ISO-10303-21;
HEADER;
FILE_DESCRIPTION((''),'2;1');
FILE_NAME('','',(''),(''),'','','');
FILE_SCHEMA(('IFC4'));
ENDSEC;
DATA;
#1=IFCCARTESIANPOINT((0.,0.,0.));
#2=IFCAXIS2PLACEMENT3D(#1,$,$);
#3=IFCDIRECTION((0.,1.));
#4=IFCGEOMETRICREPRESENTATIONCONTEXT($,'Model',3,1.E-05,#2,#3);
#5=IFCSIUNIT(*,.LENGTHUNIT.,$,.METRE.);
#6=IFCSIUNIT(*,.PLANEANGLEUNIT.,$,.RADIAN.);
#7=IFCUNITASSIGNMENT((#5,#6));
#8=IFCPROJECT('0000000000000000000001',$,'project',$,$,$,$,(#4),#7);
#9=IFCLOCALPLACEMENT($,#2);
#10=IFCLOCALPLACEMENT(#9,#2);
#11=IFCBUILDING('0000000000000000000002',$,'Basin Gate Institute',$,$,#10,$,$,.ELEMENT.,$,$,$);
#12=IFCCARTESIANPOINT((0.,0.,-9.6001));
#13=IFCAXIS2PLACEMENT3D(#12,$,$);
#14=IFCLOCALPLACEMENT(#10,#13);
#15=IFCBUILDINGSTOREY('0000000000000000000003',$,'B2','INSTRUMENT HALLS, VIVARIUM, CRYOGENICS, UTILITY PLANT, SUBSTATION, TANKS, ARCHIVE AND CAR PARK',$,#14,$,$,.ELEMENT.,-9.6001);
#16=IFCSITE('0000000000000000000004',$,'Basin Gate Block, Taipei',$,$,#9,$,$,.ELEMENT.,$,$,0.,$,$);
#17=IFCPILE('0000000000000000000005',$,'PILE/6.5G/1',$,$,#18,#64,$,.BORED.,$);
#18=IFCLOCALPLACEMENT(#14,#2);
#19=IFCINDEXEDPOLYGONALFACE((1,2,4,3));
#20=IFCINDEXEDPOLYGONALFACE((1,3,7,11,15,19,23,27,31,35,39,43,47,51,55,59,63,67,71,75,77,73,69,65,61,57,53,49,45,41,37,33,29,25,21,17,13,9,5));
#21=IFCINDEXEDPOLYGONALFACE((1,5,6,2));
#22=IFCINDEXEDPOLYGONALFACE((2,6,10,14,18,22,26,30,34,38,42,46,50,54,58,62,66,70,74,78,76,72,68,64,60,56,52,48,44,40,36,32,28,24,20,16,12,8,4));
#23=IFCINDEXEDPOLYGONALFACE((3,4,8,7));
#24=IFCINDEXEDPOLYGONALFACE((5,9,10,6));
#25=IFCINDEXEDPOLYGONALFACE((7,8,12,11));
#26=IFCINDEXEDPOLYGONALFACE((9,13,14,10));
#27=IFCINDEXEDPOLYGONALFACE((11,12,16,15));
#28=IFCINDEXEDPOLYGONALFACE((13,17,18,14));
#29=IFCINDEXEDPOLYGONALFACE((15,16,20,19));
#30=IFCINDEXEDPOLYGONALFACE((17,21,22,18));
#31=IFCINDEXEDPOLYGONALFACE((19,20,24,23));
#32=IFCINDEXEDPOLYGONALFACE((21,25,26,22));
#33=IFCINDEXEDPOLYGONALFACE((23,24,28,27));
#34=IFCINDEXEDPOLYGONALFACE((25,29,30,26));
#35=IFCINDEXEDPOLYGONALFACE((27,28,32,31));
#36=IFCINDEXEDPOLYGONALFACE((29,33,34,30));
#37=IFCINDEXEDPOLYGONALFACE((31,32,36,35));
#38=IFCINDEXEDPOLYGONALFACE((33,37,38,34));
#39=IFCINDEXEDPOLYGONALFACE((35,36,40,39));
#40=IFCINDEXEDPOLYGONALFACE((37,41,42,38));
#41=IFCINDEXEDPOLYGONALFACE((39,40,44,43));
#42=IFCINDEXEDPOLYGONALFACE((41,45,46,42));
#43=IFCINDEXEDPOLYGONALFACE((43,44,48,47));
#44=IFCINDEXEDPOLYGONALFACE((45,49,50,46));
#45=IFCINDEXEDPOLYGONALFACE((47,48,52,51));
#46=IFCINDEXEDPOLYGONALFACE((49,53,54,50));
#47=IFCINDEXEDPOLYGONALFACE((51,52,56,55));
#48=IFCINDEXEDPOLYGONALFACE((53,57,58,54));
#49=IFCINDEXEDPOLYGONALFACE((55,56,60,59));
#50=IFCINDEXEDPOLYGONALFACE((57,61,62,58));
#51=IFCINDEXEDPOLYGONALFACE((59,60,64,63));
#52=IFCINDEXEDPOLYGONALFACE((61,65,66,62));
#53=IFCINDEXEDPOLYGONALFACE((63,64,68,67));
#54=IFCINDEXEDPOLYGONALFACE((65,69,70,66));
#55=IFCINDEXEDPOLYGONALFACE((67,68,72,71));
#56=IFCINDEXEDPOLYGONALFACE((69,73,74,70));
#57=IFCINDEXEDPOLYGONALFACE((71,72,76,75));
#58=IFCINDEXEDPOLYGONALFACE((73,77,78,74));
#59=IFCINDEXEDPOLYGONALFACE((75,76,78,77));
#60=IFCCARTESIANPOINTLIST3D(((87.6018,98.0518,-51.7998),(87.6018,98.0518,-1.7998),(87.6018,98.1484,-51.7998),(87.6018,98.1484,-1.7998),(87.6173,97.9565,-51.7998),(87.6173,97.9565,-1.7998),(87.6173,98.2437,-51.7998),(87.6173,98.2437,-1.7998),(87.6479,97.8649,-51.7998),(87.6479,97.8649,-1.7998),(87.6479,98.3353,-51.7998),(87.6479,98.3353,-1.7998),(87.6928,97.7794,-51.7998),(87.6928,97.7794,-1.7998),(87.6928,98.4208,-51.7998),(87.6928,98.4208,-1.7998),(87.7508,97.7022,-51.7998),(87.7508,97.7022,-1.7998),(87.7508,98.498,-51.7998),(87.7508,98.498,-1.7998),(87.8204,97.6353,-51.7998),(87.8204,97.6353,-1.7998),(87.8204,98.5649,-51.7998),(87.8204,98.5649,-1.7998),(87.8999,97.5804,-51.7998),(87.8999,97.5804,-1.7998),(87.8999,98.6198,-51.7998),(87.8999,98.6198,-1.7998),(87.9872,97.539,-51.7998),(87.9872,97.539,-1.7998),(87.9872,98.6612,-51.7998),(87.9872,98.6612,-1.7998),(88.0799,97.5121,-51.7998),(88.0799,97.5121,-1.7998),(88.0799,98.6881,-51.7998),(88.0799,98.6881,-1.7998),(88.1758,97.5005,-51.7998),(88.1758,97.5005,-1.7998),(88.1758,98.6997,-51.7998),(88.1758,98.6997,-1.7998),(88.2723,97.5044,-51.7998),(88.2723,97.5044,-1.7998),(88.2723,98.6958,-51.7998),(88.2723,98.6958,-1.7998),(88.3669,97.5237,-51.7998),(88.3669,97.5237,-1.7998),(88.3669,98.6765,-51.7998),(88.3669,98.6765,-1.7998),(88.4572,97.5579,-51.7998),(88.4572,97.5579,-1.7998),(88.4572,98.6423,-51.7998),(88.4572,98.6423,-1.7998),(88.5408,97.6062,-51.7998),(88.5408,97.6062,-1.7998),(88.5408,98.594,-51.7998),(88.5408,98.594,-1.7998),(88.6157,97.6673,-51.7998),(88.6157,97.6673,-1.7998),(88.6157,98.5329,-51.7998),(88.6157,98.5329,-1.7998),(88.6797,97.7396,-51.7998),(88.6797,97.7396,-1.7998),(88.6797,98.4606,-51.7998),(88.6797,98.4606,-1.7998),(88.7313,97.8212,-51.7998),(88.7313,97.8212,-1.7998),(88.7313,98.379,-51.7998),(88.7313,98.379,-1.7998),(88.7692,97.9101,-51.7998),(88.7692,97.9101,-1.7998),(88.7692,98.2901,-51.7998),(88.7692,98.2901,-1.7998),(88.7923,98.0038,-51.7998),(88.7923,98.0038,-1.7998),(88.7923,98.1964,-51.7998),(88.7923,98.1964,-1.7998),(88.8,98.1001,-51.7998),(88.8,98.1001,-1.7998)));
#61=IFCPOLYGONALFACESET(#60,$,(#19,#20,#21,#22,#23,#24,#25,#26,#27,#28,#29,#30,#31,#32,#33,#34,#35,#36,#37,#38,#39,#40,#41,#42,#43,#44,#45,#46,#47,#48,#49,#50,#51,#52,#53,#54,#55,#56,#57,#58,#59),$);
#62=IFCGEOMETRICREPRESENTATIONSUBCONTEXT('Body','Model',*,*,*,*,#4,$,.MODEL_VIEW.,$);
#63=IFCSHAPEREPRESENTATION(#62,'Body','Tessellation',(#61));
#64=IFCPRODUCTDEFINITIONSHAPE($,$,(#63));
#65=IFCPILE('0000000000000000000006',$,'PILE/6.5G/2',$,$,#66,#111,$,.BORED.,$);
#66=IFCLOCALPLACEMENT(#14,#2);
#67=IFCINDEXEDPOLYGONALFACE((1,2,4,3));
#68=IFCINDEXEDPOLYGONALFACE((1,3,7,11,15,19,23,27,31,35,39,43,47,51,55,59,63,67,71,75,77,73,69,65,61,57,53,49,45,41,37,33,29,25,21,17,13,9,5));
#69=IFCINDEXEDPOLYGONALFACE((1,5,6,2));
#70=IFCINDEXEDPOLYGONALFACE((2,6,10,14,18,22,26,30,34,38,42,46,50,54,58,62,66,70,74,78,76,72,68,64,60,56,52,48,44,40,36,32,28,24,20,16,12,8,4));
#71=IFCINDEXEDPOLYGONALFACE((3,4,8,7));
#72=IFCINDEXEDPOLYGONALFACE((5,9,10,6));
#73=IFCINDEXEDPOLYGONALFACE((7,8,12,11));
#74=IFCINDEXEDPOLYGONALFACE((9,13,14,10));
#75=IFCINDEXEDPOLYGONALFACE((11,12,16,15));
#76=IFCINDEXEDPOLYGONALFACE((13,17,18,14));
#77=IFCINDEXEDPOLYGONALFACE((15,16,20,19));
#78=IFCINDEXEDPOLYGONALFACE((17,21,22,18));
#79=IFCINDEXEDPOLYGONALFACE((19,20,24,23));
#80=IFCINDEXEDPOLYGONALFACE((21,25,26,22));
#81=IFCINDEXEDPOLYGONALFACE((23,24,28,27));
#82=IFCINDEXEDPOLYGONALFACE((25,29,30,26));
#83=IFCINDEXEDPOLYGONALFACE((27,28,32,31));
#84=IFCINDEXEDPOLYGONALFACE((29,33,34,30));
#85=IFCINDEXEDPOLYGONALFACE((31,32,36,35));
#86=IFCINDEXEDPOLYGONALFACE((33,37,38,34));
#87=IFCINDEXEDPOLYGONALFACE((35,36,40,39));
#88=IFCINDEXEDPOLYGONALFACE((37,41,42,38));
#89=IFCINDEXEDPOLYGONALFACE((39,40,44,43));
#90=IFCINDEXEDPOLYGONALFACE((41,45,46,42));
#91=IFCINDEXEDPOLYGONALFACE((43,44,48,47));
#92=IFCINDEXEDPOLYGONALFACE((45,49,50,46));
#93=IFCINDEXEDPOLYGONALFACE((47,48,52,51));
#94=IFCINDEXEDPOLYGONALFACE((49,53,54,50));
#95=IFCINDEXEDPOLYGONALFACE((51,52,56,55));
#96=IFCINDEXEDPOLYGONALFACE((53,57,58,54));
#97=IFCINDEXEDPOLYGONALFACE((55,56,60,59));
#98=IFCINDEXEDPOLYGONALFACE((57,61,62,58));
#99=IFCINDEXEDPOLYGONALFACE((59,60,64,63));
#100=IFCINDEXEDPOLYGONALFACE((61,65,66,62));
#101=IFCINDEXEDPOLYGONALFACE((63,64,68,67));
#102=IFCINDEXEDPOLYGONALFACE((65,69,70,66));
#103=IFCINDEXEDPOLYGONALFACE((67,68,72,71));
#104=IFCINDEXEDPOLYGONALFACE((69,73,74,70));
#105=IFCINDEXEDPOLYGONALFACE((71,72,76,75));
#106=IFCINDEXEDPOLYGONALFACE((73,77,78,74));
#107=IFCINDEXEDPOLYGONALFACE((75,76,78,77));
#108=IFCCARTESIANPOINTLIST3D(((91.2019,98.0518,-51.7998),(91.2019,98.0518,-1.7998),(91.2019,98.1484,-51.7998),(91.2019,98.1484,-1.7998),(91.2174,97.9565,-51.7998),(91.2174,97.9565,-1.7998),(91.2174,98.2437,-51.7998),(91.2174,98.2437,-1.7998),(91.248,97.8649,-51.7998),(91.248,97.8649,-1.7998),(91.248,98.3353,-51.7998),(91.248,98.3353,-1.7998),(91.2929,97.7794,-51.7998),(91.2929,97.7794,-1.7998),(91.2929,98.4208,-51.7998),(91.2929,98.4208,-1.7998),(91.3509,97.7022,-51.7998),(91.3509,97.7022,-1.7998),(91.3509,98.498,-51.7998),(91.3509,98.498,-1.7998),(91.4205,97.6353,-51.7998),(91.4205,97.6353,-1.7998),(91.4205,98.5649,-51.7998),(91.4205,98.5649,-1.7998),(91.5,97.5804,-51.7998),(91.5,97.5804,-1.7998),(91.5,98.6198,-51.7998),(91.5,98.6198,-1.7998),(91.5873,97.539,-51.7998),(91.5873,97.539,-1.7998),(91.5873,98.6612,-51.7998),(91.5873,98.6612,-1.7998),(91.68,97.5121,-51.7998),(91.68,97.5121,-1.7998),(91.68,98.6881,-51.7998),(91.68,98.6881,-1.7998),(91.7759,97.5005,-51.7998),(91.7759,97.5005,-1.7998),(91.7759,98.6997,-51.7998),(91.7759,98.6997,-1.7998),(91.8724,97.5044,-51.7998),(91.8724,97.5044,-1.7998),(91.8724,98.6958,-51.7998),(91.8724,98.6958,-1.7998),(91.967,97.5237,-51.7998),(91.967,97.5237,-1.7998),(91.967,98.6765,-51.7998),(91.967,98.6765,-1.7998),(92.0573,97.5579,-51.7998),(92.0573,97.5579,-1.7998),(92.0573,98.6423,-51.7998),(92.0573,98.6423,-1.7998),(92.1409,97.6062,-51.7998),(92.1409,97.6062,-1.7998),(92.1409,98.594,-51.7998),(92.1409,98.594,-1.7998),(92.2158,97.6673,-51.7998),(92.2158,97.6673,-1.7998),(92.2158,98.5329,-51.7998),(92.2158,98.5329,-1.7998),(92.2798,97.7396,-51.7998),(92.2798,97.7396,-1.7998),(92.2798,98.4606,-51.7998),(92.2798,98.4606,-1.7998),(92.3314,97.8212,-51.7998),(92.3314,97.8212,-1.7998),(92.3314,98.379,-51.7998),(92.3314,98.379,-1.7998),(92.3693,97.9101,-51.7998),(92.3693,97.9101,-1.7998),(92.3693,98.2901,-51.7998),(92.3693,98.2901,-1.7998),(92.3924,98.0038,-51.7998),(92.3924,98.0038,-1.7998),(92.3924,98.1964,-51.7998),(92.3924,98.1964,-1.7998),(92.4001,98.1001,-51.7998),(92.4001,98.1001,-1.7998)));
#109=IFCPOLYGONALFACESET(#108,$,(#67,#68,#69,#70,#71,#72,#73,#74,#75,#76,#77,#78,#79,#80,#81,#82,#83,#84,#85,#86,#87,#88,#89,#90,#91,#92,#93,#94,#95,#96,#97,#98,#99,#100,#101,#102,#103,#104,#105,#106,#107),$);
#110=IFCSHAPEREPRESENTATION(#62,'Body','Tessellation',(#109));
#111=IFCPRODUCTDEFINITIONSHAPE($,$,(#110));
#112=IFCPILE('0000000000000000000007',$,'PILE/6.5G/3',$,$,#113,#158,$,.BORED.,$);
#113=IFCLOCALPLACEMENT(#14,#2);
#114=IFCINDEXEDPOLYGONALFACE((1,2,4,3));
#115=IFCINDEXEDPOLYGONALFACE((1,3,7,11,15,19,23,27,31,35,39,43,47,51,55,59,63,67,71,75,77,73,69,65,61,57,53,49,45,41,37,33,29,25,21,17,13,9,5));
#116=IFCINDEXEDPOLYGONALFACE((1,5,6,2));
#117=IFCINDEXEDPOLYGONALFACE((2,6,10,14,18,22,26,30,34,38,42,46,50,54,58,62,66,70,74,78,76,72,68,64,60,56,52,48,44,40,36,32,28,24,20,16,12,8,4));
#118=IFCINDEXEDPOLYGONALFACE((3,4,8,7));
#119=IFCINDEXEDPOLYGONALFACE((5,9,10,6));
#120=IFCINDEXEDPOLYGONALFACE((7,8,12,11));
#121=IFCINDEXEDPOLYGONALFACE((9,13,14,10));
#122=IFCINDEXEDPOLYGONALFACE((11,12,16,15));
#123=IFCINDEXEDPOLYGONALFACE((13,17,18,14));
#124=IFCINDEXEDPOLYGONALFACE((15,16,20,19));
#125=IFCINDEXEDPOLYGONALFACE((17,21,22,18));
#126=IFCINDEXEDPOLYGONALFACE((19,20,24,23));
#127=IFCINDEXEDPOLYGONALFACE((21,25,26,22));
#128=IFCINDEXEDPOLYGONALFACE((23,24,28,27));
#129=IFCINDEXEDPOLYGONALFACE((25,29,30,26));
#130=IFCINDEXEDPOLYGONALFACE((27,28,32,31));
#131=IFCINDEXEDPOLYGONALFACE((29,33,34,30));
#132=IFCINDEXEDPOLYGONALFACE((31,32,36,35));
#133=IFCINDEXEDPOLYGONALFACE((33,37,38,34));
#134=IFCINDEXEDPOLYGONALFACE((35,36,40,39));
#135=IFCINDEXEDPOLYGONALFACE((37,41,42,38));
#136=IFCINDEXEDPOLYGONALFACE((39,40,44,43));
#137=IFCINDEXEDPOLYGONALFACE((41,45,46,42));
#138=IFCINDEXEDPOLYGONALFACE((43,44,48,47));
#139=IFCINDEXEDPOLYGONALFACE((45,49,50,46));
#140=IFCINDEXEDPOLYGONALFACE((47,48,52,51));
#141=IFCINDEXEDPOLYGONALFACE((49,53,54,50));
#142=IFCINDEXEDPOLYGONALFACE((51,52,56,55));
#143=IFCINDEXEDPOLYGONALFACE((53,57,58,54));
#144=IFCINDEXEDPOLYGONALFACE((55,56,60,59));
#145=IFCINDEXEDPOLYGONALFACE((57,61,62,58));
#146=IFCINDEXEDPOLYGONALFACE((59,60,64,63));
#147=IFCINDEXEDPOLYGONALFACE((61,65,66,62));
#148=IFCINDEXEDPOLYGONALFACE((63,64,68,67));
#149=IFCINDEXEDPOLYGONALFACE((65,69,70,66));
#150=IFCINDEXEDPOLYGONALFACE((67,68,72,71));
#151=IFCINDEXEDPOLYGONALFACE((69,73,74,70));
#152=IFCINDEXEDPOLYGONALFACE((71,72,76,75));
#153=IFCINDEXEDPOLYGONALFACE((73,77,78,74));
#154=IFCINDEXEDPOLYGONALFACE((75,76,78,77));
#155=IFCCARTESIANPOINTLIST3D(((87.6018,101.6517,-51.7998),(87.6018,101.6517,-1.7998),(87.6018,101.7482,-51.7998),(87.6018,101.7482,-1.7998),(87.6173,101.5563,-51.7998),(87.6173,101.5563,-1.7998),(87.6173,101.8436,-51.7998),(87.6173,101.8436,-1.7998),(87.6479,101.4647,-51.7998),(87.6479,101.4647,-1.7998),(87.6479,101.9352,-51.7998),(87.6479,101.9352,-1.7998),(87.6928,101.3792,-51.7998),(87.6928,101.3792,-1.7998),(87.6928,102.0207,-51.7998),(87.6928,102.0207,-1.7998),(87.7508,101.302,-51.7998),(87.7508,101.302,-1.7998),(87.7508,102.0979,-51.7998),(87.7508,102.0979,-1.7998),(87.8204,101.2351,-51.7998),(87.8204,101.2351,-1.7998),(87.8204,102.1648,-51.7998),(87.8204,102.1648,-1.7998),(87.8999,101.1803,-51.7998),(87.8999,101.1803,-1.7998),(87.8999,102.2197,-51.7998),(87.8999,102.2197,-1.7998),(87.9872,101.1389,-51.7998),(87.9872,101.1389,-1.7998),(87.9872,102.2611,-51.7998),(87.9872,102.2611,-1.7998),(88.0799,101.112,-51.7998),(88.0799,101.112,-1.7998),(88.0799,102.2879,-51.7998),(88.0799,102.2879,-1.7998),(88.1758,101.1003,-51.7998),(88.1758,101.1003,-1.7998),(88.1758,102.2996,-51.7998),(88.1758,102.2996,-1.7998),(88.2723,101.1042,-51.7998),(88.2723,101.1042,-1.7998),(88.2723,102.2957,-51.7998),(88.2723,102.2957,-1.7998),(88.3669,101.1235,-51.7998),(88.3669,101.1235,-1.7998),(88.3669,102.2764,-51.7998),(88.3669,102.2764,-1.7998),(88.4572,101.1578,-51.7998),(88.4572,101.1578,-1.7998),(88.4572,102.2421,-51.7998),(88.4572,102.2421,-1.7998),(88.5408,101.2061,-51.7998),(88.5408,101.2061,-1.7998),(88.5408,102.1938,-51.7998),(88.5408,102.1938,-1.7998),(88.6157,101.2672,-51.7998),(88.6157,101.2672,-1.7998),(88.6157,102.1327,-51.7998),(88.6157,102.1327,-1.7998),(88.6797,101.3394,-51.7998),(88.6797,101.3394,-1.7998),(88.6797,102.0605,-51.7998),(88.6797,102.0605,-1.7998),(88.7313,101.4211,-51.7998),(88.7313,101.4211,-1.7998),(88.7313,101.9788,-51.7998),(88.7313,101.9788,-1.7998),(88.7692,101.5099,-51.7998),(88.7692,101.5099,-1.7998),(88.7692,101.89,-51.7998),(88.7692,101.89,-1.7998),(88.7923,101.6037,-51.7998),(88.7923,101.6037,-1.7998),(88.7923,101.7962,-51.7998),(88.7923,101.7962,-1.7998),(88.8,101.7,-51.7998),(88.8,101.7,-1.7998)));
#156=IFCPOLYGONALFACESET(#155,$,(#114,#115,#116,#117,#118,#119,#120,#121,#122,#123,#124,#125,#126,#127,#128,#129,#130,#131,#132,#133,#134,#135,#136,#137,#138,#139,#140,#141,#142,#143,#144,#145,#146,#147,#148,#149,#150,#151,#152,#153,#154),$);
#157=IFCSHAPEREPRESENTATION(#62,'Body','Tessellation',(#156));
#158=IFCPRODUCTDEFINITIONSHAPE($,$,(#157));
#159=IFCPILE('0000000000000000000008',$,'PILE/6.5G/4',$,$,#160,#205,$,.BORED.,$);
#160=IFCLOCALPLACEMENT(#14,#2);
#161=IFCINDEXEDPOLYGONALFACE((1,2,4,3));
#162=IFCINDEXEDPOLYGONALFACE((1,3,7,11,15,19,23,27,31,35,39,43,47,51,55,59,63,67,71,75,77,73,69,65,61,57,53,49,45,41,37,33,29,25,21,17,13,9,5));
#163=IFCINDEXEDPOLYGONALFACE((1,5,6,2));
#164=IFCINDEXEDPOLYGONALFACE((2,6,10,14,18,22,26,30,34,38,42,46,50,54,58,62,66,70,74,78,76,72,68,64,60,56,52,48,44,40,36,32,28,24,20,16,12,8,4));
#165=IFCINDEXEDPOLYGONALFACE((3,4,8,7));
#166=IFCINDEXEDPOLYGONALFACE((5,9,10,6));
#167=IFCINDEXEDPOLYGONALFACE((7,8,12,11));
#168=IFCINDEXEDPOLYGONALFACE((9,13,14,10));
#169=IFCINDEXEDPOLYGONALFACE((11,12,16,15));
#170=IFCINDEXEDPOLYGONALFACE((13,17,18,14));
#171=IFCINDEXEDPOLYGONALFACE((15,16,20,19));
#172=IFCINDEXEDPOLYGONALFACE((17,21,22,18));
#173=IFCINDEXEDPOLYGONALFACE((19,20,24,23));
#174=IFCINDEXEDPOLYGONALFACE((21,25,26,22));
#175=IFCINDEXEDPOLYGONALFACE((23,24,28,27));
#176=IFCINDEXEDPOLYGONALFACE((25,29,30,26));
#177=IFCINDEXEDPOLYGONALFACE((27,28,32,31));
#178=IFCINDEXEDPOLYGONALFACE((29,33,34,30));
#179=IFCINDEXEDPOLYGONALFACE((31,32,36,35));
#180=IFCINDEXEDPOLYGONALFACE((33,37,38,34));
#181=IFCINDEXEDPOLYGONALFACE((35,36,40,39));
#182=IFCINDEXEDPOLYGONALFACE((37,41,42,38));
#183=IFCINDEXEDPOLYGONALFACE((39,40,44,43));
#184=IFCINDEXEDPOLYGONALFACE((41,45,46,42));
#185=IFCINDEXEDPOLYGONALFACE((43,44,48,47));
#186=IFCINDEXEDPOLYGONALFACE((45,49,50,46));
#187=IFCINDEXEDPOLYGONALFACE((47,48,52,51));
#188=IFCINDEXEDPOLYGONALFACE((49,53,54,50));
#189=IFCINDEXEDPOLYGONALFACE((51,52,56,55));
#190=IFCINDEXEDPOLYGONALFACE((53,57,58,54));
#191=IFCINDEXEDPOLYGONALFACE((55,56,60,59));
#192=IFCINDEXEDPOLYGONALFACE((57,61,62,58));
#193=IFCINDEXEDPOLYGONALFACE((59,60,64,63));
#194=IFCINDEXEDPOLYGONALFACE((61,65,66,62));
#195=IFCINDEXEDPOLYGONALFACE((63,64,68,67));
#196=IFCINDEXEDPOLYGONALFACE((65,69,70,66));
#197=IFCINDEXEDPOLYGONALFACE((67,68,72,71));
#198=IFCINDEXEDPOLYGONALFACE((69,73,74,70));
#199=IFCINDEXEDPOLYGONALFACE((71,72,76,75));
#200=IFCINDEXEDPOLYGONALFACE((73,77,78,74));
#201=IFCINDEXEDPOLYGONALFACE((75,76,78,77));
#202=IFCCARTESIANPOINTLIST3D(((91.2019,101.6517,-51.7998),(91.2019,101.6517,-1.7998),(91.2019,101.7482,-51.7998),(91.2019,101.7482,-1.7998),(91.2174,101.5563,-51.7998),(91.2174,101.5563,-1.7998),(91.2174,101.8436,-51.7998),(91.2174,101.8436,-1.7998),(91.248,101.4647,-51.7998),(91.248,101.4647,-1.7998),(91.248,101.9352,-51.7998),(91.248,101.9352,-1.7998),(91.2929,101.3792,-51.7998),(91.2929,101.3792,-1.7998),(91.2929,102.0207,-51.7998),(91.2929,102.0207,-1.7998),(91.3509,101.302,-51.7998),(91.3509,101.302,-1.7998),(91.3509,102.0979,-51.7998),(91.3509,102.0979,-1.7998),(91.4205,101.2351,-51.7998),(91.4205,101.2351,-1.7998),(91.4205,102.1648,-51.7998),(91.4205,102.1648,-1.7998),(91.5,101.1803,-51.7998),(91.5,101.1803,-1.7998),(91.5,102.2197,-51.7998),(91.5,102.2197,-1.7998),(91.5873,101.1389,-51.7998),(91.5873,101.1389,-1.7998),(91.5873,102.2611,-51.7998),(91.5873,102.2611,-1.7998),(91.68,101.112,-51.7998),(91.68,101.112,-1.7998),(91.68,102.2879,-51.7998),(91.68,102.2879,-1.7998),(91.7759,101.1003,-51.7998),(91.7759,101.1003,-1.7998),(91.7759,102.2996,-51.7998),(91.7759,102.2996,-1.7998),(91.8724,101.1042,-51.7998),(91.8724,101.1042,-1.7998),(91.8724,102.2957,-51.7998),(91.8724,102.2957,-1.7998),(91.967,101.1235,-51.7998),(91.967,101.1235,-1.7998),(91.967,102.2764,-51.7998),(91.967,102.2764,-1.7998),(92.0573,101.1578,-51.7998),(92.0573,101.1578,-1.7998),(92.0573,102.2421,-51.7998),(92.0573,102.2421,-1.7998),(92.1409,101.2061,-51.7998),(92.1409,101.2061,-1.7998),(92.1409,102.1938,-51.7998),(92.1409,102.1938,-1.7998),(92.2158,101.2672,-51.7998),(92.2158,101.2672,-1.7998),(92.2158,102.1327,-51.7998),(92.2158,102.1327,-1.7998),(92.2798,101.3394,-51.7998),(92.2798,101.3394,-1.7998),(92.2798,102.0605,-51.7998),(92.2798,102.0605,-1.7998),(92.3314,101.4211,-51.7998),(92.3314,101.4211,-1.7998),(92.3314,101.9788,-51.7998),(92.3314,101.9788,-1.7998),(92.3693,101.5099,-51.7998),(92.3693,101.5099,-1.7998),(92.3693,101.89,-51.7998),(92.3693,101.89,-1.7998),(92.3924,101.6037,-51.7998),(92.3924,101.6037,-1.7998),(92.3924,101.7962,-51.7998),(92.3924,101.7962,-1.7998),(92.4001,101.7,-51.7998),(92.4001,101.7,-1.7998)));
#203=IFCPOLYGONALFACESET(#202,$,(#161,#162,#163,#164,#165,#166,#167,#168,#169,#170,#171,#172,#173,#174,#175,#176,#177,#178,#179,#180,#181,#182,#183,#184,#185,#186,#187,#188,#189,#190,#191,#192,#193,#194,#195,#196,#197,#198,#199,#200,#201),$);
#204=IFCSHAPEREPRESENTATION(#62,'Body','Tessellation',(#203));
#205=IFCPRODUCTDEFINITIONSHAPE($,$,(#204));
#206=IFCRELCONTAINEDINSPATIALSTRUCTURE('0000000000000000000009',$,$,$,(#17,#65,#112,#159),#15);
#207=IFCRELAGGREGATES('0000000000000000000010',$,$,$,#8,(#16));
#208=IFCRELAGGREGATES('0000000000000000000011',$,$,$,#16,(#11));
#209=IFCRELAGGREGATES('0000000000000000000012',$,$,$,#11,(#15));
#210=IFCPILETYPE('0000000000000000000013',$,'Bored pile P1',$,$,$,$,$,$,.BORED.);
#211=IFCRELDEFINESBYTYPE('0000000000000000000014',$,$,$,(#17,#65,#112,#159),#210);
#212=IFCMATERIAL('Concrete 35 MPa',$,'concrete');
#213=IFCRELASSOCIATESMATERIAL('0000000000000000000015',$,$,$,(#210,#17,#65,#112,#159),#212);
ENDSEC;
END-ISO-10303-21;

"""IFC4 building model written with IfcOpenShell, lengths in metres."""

from ifc_helpers import new_model, si_unit, direction, frame, origin, origin_2d, place, context, subcontext, project, spatial, circle, extrude, material, material_profile, profile_set, type_object, element, save


model = new_model("IFC4")

# Units and contexts
model_context = context("Model", 3, precision=1e-05, world=origin(), true_north=direction((0.0, 1.0)))
body_context = subcontext(model_context, "Body", "Model", "MODEL_VIEW")
ifc_project = project(units=[si_unit("LENGTHUNIT", "METRE"), si_unit("PLANEANGLEUNIT", "RADIAN")], contexts=[model_context])

# Site, building, storey
site_placement = place(None, origin())
site = spatial("IfcSite", under=ifc_project, at=site_placement, Name="Basin Gate Block, Taipei", CompositionType="ELEMENT", RefElevation=0.0)
building_placement = place(site_placement, origin())
building = spatial("IfcBuilding", under=site, at=building_placement, Name="Basin Gate Institute", CompositionType="ELEMENT")
storey_placement = place(building_placement, frame((0.0, 0.0, -9.6001)))
storey = spatial("IfcBuildingStorey", under=building, at=storey_placement, Name="B2", Description="INSTRUMENT HALLS, VIVARIUM, CRYOGENICS, UTILITY PLANT, SUBSTATION, TANKS, ARCHIVE AND CAR PARK", CompositionType="ELEMENT", Elevation=-9.6001)

# Piles
ifc_material_1 = material(Name="Concrete 35 MPa", Category="concrete")
ifc_material_profile_1 = material_profile(ifc_material_1, circle(Radius=0.6001, at=origin_2d()), Name="Bored pile P1 1200 dia")
ifc_profile_set_1 = profile_set([ifc_material_profile_1], Name="Concrete 35 MPa")
pile_type = type_object("IfcPileType", Name="Bored pile P1", PredefinedType="BORED", material=ifc_profile_set_1)
for number, where, z_axis, x_axis, name in (
    (1, (88.2, 98.1001, -1.7998), (0.0, 0.0, -1.0), (1.0, 0.0, 0.0), "PILE/6.5G/1"),
    (2, (91.8, 98.1001, -1.7998), (0.0, 0.0, -1.0), (1.0, 0.0, 0.0), "PILE/6.5G/2"),
    (3, (88.2, 101.7, -1.7998), (0.0, 0.0, -1.0), (1.0, 0.0, 0.0), "PILE/6.5G/3"),
    (4, (91.8, 101.7, -1.7998), (0.0, 0.0, -1.0), (1.0, 0.0, 0.0), "PILE/6.5G/4"),
):
    element("IfcPile", number, at=place(storey_placement, frame(where, z_axis=z_axis, x_axis=x_axis)), inside=storey, type_object=pile_type, material=ifc_profile_set_1, Name=name, PredefinedType="BORED", context=body_context, shape_type="SweptSolid", body=[
        extrude(circle(Radius=0.6001, at=origin_2d()), origin(), (0.0, 0.0, 1.0), 50.0),
    ])

save(model, "model.ifc")
